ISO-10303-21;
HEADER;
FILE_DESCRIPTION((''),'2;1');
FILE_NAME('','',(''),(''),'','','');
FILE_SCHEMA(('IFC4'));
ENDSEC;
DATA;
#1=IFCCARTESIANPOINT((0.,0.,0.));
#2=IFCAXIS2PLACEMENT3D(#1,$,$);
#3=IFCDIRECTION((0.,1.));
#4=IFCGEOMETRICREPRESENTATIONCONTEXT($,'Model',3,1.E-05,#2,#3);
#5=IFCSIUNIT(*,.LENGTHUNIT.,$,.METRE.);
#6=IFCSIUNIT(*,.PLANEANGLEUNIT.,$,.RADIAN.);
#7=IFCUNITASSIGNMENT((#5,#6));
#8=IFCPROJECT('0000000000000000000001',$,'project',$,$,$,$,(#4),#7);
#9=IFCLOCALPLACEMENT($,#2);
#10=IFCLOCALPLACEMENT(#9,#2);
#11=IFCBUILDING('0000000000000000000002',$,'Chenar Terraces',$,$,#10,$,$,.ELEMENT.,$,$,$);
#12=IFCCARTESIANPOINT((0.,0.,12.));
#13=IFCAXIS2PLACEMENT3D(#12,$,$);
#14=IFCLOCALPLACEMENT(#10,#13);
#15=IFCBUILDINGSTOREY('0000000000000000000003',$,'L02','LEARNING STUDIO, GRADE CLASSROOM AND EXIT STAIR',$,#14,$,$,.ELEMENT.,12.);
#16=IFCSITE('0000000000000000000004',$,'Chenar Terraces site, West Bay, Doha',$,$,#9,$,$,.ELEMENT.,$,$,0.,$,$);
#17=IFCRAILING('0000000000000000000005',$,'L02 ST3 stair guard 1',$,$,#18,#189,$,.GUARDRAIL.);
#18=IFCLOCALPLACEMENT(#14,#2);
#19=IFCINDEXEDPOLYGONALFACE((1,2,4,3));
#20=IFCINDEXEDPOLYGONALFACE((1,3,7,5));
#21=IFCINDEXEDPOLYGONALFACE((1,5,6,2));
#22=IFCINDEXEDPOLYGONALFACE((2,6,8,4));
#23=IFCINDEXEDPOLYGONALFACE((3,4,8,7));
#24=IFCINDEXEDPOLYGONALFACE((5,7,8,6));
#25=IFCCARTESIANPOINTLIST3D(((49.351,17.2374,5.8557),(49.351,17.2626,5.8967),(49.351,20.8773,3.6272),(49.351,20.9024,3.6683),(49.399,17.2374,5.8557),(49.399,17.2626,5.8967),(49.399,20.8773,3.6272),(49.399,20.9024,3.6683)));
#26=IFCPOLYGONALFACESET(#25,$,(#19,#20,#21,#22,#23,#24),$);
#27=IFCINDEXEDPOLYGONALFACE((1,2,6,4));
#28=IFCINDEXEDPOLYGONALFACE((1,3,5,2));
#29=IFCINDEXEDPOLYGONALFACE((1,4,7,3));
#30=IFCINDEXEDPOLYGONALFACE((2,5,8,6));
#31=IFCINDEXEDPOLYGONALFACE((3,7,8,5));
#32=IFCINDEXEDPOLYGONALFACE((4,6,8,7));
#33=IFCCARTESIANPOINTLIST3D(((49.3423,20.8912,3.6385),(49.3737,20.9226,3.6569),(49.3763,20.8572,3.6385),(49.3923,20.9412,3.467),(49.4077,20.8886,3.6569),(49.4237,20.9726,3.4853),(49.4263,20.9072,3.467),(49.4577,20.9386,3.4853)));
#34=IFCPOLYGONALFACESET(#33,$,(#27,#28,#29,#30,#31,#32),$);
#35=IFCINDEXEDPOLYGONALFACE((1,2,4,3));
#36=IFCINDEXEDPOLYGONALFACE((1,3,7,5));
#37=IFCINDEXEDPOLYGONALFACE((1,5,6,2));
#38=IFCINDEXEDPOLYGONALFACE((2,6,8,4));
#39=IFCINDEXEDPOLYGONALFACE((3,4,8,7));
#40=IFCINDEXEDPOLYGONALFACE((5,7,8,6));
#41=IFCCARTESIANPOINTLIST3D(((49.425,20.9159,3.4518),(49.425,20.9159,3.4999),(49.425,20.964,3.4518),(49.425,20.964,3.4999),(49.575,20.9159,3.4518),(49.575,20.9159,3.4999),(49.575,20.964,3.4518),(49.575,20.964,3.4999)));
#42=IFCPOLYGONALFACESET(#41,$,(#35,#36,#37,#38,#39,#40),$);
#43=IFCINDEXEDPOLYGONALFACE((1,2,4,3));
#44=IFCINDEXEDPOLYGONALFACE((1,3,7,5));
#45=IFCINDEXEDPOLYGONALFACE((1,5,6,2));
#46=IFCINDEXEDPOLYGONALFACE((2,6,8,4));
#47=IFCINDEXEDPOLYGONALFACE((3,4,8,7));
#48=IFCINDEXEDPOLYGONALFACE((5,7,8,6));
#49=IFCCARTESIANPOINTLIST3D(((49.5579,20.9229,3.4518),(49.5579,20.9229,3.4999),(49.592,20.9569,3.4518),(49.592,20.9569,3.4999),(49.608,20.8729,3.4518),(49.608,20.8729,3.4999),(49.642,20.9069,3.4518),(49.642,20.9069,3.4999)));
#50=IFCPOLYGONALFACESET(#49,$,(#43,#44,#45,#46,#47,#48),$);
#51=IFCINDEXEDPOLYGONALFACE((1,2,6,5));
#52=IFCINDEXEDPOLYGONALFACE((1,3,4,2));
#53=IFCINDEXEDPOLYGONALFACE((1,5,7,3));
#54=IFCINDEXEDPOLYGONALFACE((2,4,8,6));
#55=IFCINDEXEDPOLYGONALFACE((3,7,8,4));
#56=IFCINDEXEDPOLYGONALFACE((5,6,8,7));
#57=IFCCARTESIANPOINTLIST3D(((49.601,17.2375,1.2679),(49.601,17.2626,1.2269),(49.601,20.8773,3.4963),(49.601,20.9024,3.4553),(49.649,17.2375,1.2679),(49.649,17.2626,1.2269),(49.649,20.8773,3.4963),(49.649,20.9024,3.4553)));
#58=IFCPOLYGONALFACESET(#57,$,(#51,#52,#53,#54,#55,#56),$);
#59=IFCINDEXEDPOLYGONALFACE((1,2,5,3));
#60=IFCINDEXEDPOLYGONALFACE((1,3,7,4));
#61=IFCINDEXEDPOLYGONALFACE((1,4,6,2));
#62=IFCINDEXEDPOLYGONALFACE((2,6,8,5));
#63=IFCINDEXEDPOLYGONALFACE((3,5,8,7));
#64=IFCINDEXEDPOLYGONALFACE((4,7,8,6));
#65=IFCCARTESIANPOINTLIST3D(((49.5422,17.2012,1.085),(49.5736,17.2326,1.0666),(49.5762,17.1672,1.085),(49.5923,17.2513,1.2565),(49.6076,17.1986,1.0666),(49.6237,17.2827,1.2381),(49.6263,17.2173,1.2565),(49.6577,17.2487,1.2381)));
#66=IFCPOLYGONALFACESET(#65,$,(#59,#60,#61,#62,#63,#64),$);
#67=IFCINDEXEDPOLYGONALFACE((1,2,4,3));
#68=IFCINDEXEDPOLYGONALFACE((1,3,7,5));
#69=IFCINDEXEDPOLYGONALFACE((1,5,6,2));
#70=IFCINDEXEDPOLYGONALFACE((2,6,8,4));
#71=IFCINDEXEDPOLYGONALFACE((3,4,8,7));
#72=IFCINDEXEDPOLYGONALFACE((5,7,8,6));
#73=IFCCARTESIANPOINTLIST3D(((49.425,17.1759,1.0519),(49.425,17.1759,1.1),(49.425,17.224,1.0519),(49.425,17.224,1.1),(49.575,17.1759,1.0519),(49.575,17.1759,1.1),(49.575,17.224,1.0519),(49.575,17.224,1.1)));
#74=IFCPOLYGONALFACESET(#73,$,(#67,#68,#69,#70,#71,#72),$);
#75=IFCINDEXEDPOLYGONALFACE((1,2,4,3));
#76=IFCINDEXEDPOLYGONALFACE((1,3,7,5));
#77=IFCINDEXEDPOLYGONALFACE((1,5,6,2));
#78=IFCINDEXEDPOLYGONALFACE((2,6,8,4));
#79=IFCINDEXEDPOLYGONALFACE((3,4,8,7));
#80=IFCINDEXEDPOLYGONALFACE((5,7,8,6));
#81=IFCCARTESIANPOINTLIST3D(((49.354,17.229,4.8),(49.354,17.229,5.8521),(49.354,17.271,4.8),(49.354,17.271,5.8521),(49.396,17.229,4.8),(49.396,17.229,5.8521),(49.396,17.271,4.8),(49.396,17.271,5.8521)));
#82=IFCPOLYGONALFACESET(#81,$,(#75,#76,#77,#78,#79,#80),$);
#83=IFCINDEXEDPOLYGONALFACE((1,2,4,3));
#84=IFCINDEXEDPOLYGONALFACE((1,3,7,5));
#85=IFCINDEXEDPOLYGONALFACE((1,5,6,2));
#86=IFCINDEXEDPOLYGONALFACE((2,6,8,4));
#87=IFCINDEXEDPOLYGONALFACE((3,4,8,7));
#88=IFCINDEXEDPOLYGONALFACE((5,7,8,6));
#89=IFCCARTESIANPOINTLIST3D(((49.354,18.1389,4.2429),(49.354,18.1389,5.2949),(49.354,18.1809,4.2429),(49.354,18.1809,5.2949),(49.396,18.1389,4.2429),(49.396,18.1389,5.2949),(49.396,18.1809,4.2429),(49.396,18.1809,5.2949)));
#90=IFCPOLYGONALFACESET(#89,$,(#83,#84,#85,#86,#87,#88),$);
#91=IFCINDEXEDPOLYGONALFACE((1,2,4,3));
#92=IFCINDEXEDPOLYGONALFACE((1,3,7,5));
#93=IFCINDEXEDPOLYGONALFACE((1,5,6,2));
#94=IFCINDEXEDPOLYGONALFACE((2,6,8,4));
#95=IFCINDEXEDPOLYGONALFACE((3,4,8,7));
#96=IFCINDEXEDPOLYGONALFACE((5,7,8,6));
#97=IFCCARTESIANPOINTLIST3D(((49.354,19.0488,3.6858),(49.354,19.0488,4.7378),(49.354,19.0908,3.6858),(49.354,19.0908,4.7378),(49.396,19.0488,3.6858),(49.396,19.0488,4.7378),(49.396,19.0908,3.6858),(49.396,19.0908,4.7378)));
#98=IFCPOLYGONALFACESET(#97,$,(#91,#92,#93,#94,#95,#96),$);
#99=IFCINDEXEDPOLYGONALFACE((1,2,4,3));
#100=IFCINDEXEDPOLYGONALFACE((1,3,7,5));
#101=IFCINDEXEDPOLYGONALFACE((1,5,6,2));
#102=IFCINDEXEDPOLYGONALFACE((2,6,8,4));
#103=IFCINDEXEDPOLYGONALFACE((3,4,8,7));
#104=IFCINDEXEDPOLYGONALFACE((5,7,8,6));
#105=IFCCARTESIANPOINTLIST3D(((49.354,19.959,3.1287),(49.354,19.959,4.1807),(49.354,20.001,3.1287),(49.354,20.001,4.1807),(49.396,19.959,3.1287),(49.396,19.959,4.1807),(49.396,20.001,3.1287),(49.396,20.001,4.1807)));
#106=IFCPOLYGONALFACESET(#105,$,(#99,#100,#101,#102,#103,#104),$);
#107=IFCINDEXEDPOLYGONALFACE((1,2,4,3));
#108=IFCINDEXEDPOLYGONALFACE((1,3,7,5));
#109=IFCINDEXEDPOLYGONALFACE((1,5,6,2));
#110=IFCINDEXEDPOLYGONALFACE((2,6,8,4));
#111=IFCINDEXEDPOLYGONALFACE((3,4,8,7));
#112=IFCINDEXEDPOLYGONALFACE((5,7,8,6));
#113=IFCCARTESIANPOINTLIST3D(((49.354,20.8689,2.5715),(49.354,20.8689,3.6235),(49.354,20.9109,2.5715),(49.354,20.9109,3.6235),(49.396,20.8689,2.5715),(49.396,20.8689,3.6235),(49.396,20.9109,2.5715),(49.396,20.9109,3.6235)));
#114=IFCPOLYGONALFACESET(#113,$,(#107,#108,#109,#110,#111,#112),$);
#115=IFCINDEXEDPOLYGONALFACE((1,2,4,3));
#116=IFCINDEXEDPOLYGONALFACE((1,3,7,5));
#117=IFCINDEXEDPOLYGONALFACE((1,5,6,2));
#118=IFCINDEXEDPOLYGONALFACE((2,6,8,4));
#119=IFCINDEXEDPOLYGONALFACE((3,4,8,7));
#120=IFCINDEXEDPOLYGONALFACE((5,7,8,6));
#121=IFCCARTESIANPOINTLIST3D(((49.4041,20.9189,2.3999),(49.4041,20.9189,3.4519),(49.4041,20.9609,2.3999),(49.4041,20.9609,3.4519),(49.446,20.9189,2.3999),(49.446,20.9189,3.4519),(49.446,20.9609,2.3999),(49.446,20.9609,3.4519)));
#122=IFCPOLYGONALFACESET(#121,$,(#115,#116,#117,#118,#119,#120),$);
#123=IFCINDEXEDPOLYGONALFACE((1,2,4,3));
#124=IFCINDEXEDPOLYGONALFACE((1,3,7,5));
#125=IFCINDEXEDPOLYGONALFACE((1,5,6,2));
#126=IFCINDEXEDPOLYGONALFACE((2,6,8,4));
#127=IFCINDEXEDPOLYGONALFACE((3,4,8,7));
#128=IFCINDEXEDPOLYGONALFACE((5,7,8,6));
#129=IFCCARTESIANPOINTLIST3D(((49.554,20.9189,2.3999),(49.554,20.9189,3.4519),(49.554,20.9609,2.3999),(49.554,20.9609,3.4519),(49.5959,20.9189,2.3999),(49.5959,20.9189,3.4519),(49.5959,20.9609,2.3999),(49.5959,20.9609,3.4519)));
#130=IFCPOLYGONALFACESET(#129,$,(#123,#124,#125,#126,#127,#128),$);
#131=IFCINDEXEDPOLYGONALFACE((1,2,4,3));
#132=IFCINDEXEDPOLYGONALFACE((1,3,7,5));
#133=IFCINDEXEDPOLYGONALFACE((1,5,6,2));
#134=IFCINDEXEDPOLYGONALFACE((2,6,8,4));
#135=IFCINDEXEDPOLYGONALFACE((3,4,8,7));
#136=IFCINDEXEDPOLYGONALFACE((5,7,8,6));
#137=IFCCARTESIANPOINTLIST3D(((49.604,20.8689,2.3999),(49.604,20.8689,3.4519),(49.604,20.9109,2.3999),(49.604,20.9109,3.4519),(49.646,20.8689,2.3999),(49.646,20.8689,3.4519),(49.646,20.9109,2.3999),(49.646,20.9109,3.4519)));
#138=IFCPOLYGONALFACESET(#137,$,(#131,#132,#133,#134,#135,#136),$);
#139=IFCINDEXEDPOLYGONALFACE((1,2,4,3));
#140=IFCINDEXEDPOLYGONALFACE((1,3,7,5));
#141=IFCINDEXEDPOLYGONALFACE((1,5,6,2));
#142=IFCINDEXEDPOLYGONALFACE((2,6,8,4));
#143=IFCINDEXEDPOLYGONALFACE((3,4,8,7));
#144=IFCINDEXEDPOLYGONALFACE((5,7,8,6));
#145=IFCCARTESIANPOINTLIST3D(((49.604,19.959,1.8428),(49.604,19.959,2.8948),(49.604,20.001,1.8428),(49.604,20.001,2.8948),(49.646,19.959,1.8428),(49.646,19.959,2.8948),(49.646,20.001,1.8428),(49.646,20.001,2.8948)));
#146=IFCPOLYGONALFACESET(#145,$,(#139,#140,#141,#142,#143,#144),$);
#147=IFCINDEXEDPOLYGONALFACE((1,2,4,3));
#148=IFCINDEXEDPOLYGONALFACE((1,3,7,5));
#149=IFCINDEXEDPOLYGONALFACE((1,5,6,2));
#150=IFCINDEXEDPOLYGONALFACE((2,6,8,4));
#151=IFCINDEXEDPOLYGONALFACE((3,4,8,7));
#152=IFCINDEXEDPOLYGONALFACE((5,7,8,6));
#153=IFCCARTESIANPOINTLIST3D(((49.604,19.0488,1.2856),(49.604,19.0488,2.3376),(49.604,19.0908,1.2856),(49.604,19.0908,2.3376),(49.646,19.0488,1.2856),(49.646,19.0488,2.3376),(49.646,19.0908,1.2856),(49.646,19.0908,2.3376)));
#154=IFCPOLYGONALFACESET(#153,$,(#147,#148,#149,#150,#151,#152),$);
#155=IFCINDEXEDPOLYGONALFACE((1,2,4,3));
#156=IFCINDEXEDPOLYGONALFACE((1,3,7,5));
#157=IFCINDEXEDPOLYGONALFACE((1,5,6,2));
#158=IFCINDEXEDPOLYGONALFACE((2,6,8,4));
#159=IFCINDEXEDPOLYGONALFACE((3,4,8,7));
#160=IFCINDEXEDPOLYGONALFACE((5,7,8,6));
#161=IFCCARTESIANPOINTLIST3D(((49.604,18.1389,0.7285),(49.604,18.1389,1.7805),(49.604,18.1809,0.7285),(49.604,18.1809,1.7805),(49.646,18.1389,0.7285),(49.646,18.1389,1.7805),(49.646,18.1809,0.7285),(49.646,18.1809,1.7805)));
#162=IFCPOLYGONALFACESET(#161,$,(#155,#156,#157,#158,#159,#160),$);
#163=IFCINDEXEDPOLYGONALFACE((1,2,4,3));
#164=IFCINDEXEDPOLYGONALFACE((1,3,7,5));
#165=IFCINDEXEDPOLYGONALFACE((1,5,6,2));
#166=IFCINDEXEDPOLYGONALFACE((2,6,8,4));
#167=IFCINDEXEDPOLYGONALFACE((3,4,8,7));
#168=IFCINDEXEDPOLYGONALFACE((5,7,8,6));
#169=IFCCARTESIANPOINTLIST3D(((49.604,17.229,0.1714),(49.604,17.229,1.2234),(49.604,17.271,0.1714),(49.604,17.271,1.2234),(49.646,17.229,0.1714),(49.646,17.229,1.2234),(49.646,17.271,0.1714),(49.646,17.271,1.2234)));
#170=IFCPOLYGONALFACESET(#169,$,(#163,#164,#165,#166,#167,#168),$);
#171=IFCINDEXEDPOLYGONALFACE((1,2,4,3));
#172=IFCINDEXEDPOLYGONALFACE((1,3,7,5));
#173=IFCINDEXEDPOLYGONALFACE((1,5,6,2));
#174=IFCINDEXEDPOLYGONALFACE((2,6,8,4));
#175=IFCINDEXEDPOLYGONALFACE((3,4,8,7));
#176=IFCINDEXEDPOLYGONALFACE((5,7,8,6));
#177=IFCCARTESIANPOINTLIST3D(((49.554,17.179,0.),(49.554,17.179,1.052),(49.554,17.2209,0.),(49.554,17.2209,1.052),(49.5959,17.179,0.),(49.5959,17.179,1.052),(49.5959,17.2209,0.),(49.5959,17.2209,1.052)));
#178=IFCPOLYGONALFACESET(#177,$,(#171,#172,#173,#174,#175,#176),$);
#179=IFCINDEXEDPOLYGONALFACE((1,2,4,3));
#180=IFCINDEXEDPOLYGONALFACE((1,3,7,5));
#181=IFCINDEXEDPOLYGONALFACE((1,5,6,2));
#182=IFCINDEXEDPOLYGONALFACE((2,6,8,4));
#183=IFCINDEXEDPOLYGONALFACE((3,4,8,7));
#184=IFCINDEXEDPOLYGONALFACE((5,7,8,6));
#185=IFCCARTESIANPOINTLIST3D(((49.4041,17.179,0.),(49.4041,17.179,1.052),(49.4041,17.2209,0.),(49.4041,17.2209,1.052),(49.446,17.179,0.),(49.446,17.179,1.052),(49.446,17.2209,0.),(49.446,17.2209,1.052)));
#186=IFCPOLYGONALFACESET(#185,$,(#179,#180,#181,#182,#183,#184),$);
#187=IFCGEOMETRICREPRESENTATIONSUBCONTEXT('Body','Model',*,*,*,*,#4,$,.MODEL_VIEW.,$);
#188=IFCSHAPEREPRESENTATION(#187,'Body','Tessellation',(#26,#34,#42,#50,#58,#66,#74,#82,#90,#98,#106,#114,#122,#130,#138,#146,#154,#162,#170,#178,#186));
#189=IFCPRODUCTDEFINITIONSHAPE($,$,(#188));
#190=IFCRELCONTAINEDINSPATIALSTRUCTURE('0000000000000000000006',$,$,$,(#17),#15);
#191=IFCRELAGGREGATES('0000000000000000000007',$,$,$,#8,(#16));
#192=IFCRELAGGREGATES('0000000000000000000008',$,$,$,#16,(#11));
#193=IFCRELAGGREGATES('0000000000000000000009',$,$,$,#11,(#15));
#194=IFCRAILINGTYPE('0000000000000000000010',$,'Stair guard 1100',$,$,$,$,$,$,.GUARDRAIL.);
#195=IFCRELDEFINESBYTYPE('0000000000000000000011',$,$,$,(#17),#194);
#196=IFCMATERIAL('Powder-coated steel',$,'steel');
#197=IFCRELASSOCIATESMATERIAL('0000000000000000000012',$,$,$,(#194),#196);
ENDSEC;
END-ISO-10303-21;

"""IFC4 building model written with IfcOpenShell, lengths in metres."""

from ifc_helpers import new_model, si_unit, direction, frame, origin, origin_2d, place, context, subcontext, project, spatial, rectangle, extrude, material, type_object, element, save


model = new_model("IFC4")

# Units and contexts
model_context = context("Model", 3, precision=1e-05, world=origin(), true_north=direction((0.0, 1.0)))
body_context = subcontext(model_context, "Body", "Model", "MODEL_VIEW")
ifc_project = project(units=[si_unit("LENGTHUNIT", "METRE"), si_unit("PLANEANGLEUNIT", "RADIAN")], contexts=[model_context])

# Site, building, storey
site_placement = place(None, origin())
site = spatial("IfcSite", under=ifc_project, at=site_placement, Name="Chenar Terraces site, West Bay, Doha", CompositionType="ELEMENT", RefElevation=0.0)
building_placement = place(site_placement, origin())
building = spatial("IfcBuilding", under=site, at=building_placement, Name="Chenar Terraces", CompositionType="ELEMENT")
storey_placement = place(building_placement, frame((0.0, 0.0, 12.0)))
storey = spatial("IfcBuildingStorey", under=building, at=storey_placement, Name="L02", Description="LEARNING STUDIO, GRADE CLASSROOM AND EXIT STAIR", CompositionType="ELEMENT", Elevation=12.0)

# Railing
ifc_material_1 = material(Name="Powder-coated steel", Category="steel")
railing_type_1 = type_object("IfcRailingType", Name="Stair guard 1100", PredefinedType="GUARDRAIL", material=ifc_material_1)
railing_1_placement = place(storey_placement, frame((49.375, 17.25, 4.8)))
element("IfcRailing", 1, at=railing_1_placement, inside=storey, type_object=railing_type_1, Name="L02 ST3 stair guard 1", PredefinedType="GUARDRAIL", context=body_context, shape_type="SweptSolid", body=[
    extrude(rectangle(XDim=0.0481, YDim=0.0481, at=origin_2d()), frame((0.0, 0.0, 1.0762), z_axis=(0.0, 0.85285, -0.522156), x_axis=(-1.0, 0.0, 0.0)), (0.0, 0.0, 1.0), 4.2678),
    extrude(rectangle(XDim=0.0481, YDim=0.0481, at=origin_2d()), frame((0.0, 3.6399, -1.1523), z_axis=(0.269583, 0.269583, -0.924473), x_axis=(-0.707107, 0.707107, 0.0)), (0.0, 0.0, 1.0), 0.1855),
    extrude(rectangle(XDim=0.0481, YDim=0.0481, at=origin_2d()), frame((0.05, 3.6899, -1.3242), z_axis=(1.0, 0.0, 0.0), x_axis=(0.0, 1.0, 0.0)), (0.0, 0.0, 1.0), 0.1499),
    extrude(rectangle(XDim=0.0481, YDim=0.0481, at=origin_2d()), frame((0.2, 3.6899, -1.3242), z_axis=(0.707107, -0.707107, 0.0), x_axis=(0.707107, 0.707107, 0.0)), (0.0, 0.0, 1.0), 0.0708),
    extrude(rectangle(XDim=0.0481, YDim=0.0481, at=origin_2d()), frame((0.25, 3.6399, -1.3242), z_axis=(0.0, -0.85285, -0.522156), x_axis=(1.0, 0.0, 0.0)), (0.0, 0.0, 1.0), 4.2678),
    extrude(rectangle(XDim=0.0481, YDim=0.0481, at=origin_2d()), frame((0.25, 0.0, -3.5527), z_axis=(-0.269911, -0.269911, -0.924281), x_axis=(0.707107, -0.707107, 0.0)), (0.0, 0.0, 1.0), 0.1855),
    extrude(rectangle(XDim=0.0481, YDim=0.0481, at=origin_2d()), frame((0.2, -0.05, -3.7241), z_axis=(-1.0, 0.0, 0.0), x_axis=(0.0, -1.0, 0.0)), (0.0, 0.0, 1.0), 0.1499),
    extrude(rectangle(XDim=0.042, YDim=0.042, at=origin_2d()), origin(), (0.0, 0.0, 1.0), 1.052),
    extrude(rectangle(XDim=0.042, YDim=0.042, at=origin_2d()), frame((0.0, 0.9099, -0.5571)), (0.0, 0.0, 1.0), 1.052),
    extrude(rectangle(XDim=0.042, YDim=0.042, at=origin_2d()), frame((0.0, 1.8198, -1.1143)), (0.0, 0.0, 1.0), 1.052),
    extrude(rectangle(XDim=0.042, YDim=0.042, at=origin_2d()), frame((0.0, 2.73, -1.6714)), (0.0, 0.0, 1.0), 1.052),
    extrude(rectangle(XDim=0.042, YDim=0.042, at=origin_2d()), frame((0.0, 3.6399, -2.2285)), (0.0, 0.0, 1.0), 1.052),
    extrude(rectangle(XDim=0.042, YDim=0.042, at=origin_2d()), frame((0.05, 3.6899, -2.4001)), (0.0, 0.0, 1.0), 1.052),
    extrude(rectangle(XDim=0.042, YDim=0.042, at=origin_2d()), frame((0.2, 3.6899, -2.4001)), (0.0, 0.0, 1.0), 1.052),
    extrude(rectangle(XDim=0.042, YDim=0.042, at=origin_2d()), frame((0.25, 3.6399, -2.4001)), (0.0, 0.0, 1.0), 1.052),
    extrude(rectangle(XDim=0.042, YDim=0.042, at=origin_2d()), frame((0.25, 2.73, -2.9573)), (0.0, 0.0, 1.0), 1.052),
    extrude(rectangle(XDim=0.042, YDim=0.042, at=origin_2d()), frame((0.25, 1.8198, -3.5144)), (0.0, 0.0, 1.0), 1.052),
    extrude(rectangle(XDim=0.042, YDim=0.042, at=origin_2d()), frame((0.25, 0.9099, -4.0715)), (0.0, 0.0, 1.0), 1.052),
    extrude(rectangle(XDim=0.042, YDim=0.042, at=origin_2d()), frame((0.25, 0.0, -4.6287)), (0.0, 0.0, 1.0), 1.052),
    extrude(rectangle(XDim=0.042, YDim=0.042, at=origin_2d()), frame((0.2, -0.05, -4.8)), (0.0, 0.0, 1.0), 1.052),
    extrude(rectangle(XDim=0.042, YDim=0.042, at=origin_2d()), frame((0.05, -0.05, -4.8)), (0.0, 0.0, 1.0), 1.052),
])

save(model, "model.ifc")
